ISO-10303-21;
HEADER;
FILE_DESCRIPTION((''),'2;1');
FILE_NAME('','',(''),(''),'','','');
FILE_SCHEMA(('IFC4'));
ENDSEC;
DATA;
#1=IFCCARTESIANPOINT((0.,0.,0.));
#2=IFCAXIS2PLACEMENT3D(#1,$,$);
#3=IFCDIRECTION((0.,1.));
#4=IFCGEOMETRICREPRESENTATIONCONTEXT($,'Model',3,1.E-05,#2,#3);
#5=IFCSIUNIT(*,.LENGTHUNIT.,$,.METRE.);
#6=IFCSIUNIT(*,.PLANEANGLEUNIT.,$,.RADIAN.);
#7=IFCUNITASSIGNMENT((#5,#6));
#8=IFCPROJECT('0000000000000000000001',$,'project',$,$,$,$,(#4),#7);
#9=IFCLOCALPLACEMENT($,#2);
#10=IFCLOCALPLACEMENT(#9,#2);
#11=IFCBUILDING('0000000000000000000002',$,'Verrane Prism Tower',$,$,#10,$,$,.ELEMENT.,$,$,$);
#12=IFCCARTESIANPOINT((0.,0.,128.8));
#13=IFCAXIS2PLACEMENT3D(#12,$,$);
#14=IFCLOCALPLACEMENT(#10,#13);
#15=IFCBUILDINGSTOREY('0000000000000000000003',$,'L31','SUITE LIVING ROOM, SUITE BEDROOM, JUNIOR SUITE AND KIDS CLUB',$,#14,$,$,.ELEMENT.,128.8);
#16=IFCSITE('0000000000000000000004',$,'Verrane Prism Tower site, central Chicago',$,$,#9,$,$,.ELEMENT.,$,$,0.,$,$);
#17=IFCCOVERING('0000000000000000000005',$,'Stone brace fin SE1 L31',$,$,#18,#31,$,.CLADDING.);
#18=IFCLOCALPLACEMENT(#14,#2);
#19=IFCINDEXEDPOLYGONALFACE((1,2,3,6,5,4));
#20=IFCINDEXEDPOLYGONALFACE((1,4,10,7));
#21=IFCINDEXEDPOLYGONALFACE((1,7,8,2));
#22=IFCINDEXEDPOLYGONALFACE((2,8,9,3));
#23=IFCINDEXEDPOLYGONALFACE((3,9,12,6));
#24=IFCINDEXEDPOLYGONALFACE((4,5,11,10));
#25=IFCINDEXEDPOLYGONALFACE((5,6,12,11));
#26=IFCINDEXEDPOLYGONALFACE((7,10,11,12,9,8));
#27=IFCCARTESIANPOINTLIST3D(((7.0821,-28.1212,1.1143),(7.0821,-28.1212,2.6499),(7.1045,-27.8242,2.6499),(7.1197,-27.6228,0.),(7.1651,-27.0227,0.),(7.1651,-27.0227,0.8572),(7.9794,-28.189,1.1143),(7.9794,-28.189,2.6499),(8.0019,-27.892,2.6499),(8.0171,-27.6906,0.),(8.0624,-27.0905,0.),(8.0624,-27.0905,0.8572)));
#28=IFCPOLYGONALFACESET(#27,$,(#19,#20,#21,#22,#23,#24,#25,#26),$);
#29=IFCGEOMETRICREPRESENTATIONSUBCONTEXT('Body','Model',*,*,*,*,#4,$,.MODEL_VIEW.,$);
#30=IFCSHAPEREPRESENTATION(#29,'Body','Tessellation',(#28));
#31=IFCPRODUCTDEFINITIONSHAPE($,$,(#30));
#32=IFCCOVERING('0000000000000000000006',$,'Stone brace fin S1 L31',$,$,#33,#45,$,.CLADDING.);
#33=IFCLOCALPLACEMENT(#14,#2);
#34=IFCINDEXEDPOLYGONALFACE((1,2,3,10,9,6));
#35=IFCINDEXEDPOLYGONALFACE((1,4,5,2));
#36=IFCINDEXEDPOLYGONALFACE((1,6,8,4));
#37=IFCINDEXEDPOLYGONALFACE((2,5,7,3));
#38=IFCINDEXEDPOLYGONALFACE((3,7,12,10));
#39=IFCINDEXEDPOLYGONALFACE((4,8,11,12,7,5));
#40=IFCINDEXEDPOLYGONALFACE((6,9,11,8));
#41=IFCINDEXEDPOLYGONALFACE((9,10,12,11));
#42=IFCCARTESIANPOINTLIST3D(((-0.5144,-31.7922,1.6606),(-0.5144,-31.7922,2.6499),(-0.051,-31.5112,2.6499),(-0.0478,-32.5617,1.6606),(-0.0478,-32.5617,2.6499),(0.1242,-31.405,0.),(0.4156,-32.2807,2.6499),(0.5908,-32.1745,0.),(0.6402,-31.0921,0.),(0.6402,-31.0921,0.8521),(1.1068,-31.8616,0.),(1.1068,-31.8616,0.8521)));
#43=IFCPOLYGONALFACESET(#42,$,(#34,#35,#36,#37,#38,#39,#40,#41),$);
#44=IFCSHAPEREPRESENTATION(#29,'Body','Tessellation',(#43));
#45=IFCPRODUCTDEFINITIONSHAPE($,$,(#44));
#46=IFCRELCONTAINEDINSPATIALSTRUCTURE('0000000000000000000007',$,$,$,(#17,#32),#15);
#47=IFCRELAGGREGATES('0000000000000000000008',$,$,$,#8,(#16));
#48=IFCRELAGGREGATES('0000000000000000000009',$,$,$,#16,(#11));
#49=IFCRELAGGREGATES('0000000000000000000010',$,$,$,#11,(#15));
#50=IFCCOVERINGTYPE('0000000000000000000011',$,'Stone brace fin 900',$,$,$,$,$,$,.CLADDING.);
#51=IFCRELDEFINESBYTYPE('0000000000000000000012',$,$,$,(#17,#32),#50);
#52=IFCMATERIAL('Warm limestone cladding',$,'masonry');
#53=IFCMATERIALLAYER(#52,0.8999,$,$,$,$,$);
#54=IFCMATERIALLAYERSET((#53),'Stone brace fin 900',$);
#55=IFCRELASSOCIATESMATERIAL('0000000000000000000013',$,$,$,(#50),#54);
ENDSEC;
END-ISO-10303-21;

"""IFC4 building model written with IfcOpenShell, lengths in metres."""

from ifc_helpers import new_model, si_unit, direction, frame, origin, place, context, subcontext, project, spatial, polyline, outline, extrude, material, layer, layer_set, type_object, element, save


model = new_model("IFC4")

# Units and contexts
model_context = context("Model", 3, precision=1e-05, world=origin(), true_north=direction((0.0, 1.0)))
body_context = subcontext(model_context, "Body", "Model", "MODEL_VIEW")
ifc_project = project(units=[si_unit("LENGTHUNIT", "METRE"), si_unit("PLANEANGLEUNIT", "RADIAN")], contexts=[model_context])

# Site, building, storey
site_placement = place(None, origin())
site = spatial("IfcSite", under=ifc_project, at=site_placement, Name="Verrane Prism Tower site, central Chicago", CompositionType="ELEMENT", RefElevation=0.0)
building_placement = place(site_placement, origin())
building = spatial("IfcBuilding", under=site, at=building_placement, Name="Verrane Prism Tower", CompositionType="ELEMENT")
storey_placement = place(building_placement, frame((0.0, 0.0, 128.8)))
storey = spatial("IfcBuildingStorey", under=building, at=storey_placement, Name="L31", Description="SUITE LIVING ROOM, SUITE BEDROOM, JUNIOR SUITE AND KIDS CLUB", CompositionType="ELEMENT", Elevation=128.8)

# Coverings
ifc_material_1 = material(Name="Warm limestone cladding", Category="masonry")
ifc_layer_1 = layer(ifc_material_1, 0.8999)
ifc_layer_set_1 = layer_set([ifc_layer_1], Name="Stone brace fin 900")
covering_type = type_object("IfcCoveringType", Name="Stone brace fin 900", PredefinedType="CLADDING", material=ifc_layer_set_1)
covering_1_placement = place(storey_placement, frame((7.6138, -27.0566, 0.0), z_axis=(0.0, 0.0, 1.0), x_axis=(-0.075357, -0.997157, 0.0)))
element("IfcCovering", 1, at=covering_1_placement, inside=storey, type_object=covering_type, Name="Stone brace fin SE1 L31", PredefinedType="CLADDING", context=body_context, shape_type="SweptSolid", body=[
    extrude(outline(polyline([(1.1016, 2.6499), (0.8037, 2.6499), (0.0, 0.8572), (0.0, 0.0), (0.6018, 0.0), (1.1016, 1.1143), (1.1016, 2.6499)])), frame((0.0, 0.45, 0.0), z_axis=(0.0, -1.0, 0.0), x_axis=(1.0, 0.0, 0.0)), (0.0, 0.0, 1.0), 0.8999),
])
covering_2_placement = place(storey_placement, frame((0.8735, -31.4768, 0.0), z_axis=(0.0, 0.0, 1.0), x_axis=(-0.855091, -0.518478, 0.0)))
element("IfcCovering", 2, at=covering_2_placement, inside=storey, type_object=covering_type, Name="Stone brace fin S1 L31", PredefinedType="CLADDING", context=body_context, shape_type="SweptSolid", body=[
    extrude(outline(polyline([(1.3503, 2.6499), (0.8083, 2.6499), (0.0, 0.8521), (0.0, 0.0), (0.6035, 0.0), (1.3503, 1.6606), (1.3503, 2.6499)])), frame((0.0, 0.45, 0.0), z_axis=(0.0, -1.0, 0.0), x_axis=(1.0, 0.0, 0.0)), (0.0, 0.0, 1.0), 0.8999),
])

save(model, "model.ifc")
